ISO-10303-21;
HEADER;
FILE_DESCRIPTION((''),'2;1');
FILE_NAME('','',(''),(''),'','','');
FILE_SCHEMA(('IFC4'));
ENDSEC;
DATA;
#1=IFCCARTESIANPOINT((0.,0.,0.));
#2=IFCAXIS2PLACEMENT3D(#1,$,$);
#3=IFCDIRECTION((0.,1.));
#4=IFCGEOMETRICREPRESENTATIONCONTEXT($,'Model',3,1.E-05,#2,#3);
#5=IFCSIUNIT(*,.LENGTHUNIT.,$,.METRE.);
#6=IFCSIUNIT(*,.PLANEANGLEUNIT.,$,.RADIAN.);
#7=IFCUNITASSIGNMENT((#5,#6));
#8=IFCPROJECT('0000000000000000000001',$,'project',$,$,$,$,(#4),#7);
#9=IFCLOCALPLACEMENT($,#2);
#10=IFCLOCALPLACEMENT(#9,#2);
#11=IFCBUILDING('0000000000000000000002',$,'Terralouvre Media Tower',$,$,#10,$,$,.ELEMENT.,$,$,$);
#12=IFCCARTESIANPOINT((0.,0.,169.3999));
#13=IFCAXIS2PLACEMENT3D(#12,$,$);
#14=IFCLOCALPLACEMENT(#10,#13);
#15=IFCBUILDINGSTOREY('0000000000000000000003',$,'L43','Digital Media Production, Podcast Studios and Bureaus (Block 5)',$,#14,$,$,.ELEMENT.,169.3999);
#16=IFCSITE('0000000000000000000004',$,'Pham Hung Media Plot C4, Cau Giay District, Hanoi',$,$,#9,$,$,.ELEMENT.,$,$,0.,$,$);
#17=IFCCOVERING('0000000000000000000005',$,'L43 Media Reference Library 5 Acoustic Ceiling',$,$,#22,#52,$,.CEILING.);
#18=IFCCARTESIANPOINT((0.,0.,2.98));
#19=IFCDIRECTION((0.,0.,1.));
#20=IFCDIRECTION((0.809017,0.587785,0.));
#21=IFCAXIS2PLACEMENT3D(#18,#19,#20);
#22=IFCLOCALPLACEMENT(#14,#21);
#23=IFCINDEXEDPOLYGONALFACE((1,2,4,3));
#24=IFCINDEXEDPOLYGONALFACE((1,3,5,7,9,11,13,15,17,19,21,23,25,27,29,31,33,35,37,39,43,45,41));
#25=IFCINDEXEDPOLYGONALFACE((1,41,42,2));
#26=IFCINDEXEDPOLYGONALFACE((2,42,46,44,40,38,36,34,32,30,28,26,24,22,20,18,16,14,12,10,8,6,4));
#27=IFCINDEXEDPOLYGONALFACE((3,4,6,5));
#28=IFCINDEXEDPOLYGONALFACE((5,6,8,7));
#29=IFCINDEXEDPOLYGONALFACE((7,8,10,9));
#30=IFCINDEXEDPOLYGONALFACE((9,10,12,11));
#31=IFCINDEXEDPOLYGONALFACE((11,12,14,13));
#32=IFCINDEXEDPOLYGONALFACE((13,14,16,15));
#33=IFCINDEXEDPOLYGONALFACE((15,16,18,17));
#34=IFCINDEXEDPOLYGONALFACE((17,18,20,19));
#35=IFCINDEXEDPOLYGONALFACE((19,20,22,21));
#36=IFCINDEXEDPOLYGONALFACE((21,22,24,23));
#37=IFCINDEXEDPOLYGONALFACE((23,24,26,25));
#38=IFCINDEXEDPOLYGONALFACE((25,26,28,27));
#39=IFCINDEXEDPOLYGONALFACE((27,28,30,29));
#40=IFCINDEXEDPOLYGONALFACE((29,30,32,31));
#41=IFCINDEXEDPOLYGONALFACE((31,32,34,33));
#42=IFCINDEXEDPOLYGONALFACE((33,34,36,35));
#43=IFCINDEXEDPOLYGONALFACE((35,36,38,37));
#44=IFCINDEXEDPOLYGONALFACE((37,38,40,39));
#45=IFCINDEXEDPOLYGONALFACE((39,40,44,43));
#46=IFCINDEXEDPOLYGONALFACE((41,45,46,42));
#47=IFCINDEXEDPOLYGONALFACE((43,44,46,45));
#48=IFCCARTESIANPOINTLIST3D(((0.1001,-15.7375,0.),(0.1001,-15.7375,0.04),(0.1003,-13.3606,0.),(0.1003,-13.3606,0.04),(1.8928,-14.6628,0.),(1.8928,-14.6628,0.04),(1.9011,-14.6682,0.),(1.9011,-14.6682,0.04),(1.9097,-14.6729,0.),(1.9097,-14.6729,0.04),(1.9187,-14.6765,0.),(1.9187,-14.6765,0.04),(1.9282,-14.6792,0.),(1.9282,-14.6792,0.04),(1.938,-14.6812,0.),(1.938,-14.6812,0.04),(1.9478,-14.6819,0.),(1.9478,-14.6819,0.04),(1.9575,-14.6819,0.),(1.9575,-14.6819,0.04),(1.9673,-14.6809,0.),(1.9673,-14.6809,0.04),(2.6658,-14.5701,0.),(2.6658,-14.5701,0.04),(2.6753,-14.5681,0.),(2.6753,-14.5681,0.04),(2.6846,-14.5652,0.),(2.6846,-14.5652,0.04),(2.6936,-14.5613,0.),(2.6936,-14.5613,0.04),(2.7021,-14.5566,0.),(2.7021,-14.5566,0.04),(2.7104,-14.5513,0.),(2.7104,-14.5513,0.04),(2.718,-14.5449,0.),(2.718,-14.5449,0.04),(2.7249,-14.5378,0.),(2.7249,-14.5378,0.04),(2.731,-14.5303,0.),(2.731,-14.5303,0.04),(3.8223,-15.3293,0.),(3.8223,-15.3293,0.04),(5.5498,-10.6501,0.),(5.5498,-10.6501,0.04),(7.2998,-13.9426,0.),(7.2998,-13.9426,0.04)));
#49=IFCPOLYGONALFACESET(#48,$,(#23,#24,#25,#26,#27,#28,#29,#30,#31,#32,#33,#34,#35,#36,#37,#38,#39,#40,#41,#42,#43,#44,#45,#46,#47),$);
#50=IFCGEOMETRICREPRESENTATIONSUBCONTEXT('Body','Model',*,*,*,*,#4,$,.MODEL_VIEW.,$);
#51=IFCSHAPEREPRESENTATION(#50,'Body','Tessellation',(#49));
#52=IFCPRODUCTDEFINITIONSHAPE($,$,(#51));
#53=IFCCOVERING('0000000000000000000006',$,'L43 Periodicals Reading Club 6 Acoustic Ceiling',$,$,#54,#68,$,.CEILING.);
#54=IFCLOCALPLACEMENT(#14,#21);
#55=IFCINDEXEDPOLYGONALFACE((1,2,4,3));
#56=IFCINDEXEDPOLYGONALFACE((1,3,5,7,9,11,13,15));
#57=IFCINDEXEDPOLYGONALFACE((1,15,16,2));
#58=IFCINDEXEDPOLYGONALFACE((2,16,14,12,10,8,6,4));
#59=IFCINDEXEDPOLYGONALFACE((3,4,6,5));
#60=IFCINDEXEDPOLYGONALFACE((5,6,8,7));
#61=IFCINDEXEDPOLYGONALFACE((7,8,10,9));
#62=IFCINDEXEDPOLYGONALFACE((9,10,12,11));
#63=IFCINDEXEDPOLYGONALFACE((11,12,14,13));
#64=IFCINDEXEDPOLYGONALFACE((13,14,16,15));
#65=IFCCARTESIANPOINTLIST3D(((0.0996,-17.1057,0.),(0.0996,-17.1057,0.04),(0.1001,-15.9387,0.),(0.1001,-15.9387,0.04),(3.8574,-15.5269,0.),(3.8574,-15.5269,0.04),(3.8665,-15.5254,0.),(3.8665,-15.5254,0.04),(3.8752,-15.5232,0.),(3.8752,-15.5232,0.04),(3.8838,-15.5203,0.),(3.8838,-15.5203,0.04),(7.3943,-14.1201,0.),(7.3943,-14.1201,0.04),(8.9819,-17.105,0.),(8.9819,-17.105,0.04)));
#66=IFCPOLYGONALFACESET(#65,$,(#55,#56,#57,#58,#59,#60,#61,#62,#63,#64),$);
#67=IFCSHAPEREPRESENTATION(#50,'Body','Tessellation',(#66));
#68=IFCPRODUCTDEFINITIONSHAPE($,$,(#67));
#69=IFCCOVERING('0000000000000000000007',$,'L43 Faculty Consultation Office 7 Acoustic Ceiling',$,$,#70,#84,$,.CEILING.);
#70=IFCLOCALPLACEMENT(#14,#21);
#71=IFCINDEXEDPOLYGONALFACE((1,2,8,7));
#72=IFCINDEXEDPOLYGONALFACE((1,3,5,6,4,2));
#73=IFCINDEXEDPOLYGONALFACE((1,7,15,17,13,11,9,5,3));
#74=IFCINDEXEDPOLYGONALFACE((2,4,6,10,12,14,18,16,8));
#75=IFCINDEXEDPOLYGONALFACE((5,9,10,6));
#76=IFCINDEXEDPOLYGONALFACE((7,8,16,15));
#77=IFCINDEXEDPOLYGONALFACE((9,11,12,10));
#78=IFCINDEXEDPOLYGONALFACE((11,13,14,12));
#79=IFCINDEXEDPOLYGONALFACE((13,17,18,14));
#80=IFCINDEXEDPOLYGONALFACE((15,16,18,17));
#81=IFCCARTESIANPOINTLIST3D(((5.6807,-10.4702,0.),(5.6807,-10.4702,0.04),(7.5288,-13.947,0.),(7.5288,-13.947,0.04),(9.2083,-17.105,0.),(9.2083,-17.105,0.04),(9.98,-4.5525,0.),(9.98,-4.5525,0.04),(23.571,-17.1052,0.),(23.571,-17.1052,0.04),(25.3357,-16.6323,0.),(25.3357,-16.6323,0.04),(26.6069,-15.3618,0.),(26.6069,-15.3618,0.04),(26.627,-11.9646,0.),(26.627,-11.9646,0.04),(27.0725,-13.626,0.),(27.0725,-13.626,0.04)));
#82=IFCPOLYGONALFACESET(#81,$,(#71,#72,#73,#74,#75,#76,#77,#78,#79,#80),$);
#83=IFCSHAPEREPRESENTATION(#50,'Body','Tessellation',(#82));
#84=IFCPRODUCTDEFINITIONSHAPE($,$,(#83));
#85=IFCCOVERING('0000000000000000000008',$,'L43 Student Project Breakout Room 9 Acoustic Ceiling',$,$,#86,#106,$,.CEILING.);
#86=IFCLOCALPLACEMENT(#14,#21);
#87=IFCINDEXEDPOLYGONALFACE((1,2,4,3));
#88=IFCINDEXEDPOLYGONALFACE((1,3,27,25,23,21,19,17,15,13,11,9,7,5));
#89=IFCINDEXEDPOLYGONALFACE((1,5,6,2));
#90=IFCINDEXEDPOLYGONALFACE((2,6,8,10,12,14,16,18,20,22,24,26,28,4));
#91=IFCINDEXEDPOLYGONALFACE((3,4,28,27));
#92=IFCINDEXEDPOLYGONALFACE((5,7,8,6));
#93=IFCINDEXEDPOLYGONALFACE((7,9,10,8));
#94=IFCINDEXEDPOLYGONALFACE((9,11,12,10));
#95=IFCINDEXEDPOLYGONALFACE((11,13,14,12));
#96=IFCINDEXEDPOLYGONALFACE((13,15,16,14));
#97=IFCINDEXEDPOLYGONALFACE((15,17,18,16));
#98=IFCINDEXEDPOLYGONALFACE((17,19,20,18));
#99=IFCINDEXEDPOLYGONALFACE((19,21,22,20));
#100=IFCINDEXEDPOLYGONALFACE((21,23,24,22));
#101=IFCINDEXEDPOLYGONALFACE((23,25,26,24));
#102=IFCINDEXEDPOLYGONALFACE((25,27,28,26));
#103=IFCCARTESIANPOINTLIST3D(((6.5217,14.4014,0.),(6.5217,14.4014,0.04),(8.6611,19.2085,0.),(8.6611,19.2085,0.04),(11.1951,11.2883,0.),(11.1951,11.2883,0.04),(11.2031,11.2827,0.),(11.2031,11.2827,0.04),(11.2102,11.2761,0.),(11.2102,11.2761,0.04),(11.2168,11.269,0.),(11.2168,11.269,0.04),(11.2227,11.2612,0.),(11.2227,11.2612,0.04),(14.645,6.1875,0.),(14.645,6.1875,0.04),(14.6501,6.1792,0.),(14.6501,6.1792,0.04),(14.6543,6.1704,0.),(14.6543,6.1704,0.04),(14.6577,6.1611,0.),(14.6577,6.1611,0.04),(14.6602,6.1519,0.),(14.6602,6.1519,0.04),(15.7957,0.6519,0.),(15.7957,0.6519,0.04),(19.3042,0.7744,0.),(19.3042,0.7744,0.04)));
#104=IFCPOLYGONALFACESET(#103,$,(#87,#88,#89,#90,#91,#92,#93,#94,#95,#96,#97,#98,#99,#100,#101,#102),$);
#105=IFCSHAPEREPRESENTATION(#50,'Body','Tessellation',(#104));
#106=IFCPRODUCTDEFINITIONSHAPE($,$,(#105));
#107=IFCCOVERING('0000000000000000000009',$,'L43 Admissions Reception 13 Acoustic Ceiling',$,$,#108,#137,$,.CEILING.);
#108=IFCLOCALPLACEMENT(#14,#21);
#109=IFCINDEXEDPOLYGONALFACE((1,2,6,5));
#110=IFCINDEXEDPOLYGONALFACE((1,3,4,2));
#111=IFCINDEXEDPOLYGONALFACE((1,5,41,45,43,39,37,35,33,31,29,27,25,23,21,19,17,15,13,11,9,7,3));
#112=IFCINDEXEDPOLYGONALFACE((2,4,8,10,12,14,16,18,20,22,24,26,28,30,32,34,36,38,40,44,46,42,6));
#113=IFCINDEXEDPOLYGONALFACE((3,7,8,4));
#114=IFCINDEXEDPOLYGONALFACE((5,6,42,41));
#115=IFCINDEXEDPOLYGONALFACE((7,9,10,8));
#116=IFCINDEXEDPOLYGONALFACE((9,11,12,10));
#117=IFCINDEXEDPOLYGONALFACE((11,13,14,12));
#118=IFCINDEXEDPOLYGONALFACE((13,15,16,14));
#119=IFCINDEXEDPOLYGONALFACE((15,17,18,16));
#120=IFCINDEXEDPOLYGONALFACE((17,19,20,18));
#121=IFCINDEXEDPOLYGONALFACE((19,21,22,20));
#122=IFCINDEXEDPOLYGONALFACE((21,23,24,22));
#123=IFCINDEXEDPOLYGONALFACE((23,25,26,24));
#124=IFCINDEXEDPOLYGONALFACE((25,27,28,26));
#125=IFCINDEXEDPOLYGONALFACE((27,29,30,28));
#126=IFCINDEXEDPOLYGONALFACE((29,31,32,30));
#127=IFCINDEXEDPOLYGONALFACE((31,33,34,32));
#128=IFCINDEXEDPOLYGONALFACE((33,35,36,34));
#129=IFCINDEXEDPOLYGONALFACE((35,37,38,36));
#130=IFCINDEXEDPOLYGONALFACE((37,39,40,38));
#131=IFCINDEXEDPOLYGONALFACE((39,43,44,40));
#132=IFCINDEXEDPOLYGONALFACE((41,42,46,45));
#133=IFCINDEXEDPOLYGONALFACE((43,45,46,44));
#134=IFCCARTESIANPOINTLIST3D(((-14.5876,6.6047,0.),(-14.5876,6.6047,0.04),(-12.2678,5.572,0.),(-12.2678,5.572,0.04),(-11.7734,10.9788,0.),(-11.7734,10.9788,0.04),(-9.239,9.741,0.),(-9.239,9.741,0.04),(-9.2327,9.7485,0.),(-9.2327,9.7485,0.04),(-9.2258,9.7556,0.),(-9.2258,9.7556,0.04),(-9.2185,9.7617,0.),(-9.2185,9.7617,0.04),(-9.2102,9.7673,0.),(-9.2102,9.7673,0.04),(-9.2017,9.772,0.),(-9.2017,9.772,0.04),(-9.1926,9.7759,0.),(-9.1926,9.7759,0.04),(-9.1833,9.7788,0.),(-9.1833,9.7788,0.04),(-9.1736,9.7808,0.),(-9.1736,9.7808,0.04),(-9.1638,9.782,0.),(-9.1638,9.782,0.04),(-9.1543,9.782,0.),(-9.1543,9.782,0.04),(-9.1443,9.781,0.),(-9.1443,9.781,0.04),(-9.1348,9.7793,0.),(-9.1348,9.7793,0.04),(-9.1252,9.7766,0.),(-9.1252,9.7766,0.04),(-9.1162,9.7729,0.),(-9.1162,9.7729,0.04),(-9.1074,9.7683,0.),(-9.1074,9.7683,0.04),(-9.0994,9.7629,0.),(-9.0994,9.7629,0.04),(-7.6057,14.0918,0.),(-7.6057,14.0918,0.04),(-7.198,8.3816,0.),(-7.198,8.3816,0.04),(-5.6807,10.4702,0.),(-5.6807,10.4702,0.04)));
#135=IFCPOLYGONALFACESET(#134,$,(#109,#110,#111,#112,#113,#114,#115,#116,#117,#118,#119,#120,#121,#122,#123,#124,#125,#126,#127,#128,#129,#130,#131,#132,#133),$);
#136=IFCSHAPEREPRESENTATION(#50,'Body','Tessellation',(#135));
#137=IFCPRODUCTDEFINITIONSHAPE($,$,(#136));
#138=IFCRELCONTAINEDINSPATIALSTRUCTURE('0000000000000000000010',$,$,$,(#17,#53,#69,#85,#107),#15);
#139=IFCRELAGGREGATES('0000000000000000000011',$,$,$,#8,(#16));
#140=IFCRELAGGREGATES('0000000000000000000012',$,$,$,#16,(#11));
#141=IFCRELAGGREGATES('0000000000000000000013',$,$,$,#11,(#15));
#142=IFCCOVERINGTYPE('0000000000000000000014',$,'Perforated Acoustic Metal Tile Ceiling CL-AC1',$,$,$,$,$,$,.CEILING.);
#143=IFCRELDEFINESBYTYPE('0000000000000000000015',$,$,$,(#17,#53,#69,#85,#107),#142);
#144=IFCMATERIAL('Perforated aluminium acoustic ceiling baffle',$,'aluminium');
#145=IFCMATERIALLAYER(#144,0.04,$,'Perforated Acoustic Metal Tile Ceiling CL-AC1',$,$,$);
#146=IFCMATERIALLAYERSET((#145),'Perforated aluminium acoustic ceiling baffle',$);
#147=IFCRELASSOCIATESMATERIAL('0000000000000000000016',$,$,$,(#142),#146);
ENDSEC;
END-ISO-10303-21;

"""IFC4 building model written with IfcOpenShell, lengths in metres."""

from ifc_helpers import new_model, si_unit, direction, frame, origin, place, context, subcontext, project, spatial, polyline, outline, extrude, material, layer, layer_set, type_object, element, save


model = new_model("IFC4")

# Units and contexts
model_context = context("Model", 3, precision=1e-05, world=origin(), true_north=direction((0.0, 1.0)))
body_context = subcontext(model_context, "Body", "Model", "MODEL_VIEW")
ifc_project = project(units=[si_unit("LENGTHUNIT", "METRE"), si_unit("PLANEANGLEUNIT", "RADIAN")], contexts=[model_context])

# Site, building, storey
site_placement = place(None, origin())
site = spatial("IfcSite", under=ifc_project, at=site_placement, Name="Pham Hung Media Plot C4, Cau Giay District, Hanoi", CompositionType="ELEMENT", RefElevation=0.0)
building_placement = place(site_placement, origin())
building = spatial("IfcBuilding", under=site, at=building_placement, Name="Terralouvre Media Tower", CompositionType="ELEMENT")
storey_placement = place(building_placement, frame((0.0, 0.0, 169.3999)))
storey = spatial("IfcBuildingStorey", under=building, at=storey_placement, Name="L43", Description="Digital Media Production, Podcast Studios and Bureaus (Block 5)", CompositionType="ELEMENT", Elevation=169.3999)

# Coverings
ifc_material_1 = material(Name="Perforated aluminium acoustic ceiling baffle", Category="aluminium")
ifc_layer_1 = layer(ifc_material_1, 0.04, Name="Perforated Acoustic Metal Tile Ceiling CL-AC1")
ifc_layer_set_1 = layer_set([ifc_layer_1], Name="Perforated aluminium acoustic ceiling baffle")
covering_type_1 = type_object("IfcCoveringType", Name="Perforated Acoustic Metal Tile Ceiling CL-AC1", PredefinedType="CEILING", material=ifc_layer_set_1)
covering_1_placement = place(storey_placement, frame((0.0, 0.0, 2.98), z_axis=(0.0, 0.0, 1.0), x_axis=(0.809017, 0.587785, 0.0)))
element("IfcCovering", 1, at=covering_1_placement, inside=storey, type_object=covering_type_1, Name="L43 Media Reference Library 5 Acoustic Ceiling", PredefinedType="CEILING", context=body_context, shape_type="SweptSolid", body=[
    extrude(outline(polyline([(3.8223, -15.3293), (7.2998, -13.9426), (5.5498, -10.6501), (2.731, -14.5303), (2.7249, -14.5378), (2.718, -14.5449), (2.7104, -14.5513), (2.7021, -14.5566), (2.6936, -14.5613), (2.6846, -14.5652), (2.6753, -14.5681), (2.6658, -14.5701), (1.9673, -14.6809), (1.9575, -14.6819), (1.9478, -14.6819), (1.938, -14.6812), (1.9282, -14.6792), (1.9187, -14.6765), (1.9097, -14.6729), (1.9011, -14.6682), (1.8928, -14.6628), (0.1003, -13.3606), (0.1001, -15.7375), (3.8223, -15.3293)])), origin(), (0.0, 0.0, 1.0), 0.04),
])
covering_2_placement = place(storey_placement, frame((0.0, 0.0, 2.98), z_axis=(0.0, 0.0, 1.0), x_axis=(0.809017, 0.587785, 0.0)))
element("IfcCovering", 2, at=covering_2_placement, inside=storey, type_object=covering_type_1, Name="L43 Periodicals Reading Club 6 Acoustic Ceiling", PredefinedType="CEILING", context=body_context, shape_type="SweptSolid", body=[
    extrude(outline(polyline([(3.8838, -15.5203), (3.8752, -15.5232), (3.8665, -15.5254), (3.8574, -15.5269), (0.1001, -15.9387), (0.0996, -17.1057), (8.9819, -17.105), (7.3943, -14.1201), (3.8838, -15.5203)])), origin(), (0.0, 0.0, 1.0), 0.04),
])
covering_3_placement = place(storey_placement, frame((0.0, 0.0, 2.98), z_axis=(0.0, 0.0, 1.0), x_axis=(0.809017, 0.587785, 0.0)))
element("IfcCovering", 3, at=covering_3_placement, inside=storey, type_object=covering_type_1, Name="L43 Faculty Consultation Office 7 Acoustic Ceiling", PredefinedType="CEILING", context=body_context, shape_type="SweptSolid", body=[
    extrude(outline(polyline([(5.6807, -10.4702), (7.5288, -13.947), (9.2083, -17.105), (23.571, -17.1052), (25.3357, -16.6323), (26.6069, -15.3618), (27.0725, -13.626), (26.627, -11.9646), (9.98, -4.5525), (5.6807, -10.4702)])), origin(), (0.0, 0.0, 1.0), 0.04),
])
covering_4_placement = place(storey_placement, frame((0.0, 0.0, 2.98), z_axis=(0.0, 0.0, 1.0), x_axis=(0.809017, 0.587785, 0.0)))
element("IfcCovering", 4, at=covering_4_placement, inside=storey, type_object=covering_type_1, Name="L43 Student Project Breakout Room 9 Acoustic Ceiling", PredefinedType="CEILING", context=body_context, shape_type="SweptSolid", body=[
    extrude(outline(polyline([(11.1951, 11.2883), (11.2031, 11.2827), (11.2102, 11.2761), (11.2168, 11.269), (11.2227, 11.2612), (14.645, 6.1875), (14.6501, 6.1792), (14.6543, 6.1704), (14.6577, 6.1611), (14.6602, 6.1519), (15.7957, 0.6519), (19.3042, 0.7744), (8.6611, 19.2085), (6.5217, 14.4014), (11.1951, 11.2883)])), origin(), (0.0, 0.0, 1.0), 0.04),
])
covering_5_placement = place(storey_placement, frame((0.0, 0.0, 2.98), z_axis=(0.0, 0.0, 1.0), x_axis=(0.809017, 0.587785, 0.0)))
element("IfcCovering", 5, at=covering_5_placement, inside=storey, type_object=covering_type_1, Name="L43 Admissions Reception 13 Acoustic Ceiling", PredefinedType="CEILING", context=body_context, shape_type="SweptSolid", body=[
    extrude(outline(polyline([(-11.7734, 10.9788), (-14.5876, 6.6047), (-12.2678, 5.572), (-9.239, 9.741), (-9.2327, 9.7485), (-9.2258, 9.7556), (-9.2185, 9.7617), (-9.2102, 9.7673), (-9.2017, 9.772), (-9.1926, 9.7759), (-9.1833, 9.7788), (-9.1736, 9.7808), (-9.1638, 9.782), (-9.1543, 9.782), (-9.1443, 9.781), (-9.1348, 9.7793), (-9.1252, 9.7766), (-9.1162, 9.7729), (-9.1074, 9.7683), (-9.0994, 9.7629), (-7.198, 8.3816), (-5.6807, 10.4702), (-7.6057, 14.0918), (-11.7734, 10.9788)])), origin(), (0.0, 0.0, 1.0), 0.04),
])

save(model, "model.ifc")
